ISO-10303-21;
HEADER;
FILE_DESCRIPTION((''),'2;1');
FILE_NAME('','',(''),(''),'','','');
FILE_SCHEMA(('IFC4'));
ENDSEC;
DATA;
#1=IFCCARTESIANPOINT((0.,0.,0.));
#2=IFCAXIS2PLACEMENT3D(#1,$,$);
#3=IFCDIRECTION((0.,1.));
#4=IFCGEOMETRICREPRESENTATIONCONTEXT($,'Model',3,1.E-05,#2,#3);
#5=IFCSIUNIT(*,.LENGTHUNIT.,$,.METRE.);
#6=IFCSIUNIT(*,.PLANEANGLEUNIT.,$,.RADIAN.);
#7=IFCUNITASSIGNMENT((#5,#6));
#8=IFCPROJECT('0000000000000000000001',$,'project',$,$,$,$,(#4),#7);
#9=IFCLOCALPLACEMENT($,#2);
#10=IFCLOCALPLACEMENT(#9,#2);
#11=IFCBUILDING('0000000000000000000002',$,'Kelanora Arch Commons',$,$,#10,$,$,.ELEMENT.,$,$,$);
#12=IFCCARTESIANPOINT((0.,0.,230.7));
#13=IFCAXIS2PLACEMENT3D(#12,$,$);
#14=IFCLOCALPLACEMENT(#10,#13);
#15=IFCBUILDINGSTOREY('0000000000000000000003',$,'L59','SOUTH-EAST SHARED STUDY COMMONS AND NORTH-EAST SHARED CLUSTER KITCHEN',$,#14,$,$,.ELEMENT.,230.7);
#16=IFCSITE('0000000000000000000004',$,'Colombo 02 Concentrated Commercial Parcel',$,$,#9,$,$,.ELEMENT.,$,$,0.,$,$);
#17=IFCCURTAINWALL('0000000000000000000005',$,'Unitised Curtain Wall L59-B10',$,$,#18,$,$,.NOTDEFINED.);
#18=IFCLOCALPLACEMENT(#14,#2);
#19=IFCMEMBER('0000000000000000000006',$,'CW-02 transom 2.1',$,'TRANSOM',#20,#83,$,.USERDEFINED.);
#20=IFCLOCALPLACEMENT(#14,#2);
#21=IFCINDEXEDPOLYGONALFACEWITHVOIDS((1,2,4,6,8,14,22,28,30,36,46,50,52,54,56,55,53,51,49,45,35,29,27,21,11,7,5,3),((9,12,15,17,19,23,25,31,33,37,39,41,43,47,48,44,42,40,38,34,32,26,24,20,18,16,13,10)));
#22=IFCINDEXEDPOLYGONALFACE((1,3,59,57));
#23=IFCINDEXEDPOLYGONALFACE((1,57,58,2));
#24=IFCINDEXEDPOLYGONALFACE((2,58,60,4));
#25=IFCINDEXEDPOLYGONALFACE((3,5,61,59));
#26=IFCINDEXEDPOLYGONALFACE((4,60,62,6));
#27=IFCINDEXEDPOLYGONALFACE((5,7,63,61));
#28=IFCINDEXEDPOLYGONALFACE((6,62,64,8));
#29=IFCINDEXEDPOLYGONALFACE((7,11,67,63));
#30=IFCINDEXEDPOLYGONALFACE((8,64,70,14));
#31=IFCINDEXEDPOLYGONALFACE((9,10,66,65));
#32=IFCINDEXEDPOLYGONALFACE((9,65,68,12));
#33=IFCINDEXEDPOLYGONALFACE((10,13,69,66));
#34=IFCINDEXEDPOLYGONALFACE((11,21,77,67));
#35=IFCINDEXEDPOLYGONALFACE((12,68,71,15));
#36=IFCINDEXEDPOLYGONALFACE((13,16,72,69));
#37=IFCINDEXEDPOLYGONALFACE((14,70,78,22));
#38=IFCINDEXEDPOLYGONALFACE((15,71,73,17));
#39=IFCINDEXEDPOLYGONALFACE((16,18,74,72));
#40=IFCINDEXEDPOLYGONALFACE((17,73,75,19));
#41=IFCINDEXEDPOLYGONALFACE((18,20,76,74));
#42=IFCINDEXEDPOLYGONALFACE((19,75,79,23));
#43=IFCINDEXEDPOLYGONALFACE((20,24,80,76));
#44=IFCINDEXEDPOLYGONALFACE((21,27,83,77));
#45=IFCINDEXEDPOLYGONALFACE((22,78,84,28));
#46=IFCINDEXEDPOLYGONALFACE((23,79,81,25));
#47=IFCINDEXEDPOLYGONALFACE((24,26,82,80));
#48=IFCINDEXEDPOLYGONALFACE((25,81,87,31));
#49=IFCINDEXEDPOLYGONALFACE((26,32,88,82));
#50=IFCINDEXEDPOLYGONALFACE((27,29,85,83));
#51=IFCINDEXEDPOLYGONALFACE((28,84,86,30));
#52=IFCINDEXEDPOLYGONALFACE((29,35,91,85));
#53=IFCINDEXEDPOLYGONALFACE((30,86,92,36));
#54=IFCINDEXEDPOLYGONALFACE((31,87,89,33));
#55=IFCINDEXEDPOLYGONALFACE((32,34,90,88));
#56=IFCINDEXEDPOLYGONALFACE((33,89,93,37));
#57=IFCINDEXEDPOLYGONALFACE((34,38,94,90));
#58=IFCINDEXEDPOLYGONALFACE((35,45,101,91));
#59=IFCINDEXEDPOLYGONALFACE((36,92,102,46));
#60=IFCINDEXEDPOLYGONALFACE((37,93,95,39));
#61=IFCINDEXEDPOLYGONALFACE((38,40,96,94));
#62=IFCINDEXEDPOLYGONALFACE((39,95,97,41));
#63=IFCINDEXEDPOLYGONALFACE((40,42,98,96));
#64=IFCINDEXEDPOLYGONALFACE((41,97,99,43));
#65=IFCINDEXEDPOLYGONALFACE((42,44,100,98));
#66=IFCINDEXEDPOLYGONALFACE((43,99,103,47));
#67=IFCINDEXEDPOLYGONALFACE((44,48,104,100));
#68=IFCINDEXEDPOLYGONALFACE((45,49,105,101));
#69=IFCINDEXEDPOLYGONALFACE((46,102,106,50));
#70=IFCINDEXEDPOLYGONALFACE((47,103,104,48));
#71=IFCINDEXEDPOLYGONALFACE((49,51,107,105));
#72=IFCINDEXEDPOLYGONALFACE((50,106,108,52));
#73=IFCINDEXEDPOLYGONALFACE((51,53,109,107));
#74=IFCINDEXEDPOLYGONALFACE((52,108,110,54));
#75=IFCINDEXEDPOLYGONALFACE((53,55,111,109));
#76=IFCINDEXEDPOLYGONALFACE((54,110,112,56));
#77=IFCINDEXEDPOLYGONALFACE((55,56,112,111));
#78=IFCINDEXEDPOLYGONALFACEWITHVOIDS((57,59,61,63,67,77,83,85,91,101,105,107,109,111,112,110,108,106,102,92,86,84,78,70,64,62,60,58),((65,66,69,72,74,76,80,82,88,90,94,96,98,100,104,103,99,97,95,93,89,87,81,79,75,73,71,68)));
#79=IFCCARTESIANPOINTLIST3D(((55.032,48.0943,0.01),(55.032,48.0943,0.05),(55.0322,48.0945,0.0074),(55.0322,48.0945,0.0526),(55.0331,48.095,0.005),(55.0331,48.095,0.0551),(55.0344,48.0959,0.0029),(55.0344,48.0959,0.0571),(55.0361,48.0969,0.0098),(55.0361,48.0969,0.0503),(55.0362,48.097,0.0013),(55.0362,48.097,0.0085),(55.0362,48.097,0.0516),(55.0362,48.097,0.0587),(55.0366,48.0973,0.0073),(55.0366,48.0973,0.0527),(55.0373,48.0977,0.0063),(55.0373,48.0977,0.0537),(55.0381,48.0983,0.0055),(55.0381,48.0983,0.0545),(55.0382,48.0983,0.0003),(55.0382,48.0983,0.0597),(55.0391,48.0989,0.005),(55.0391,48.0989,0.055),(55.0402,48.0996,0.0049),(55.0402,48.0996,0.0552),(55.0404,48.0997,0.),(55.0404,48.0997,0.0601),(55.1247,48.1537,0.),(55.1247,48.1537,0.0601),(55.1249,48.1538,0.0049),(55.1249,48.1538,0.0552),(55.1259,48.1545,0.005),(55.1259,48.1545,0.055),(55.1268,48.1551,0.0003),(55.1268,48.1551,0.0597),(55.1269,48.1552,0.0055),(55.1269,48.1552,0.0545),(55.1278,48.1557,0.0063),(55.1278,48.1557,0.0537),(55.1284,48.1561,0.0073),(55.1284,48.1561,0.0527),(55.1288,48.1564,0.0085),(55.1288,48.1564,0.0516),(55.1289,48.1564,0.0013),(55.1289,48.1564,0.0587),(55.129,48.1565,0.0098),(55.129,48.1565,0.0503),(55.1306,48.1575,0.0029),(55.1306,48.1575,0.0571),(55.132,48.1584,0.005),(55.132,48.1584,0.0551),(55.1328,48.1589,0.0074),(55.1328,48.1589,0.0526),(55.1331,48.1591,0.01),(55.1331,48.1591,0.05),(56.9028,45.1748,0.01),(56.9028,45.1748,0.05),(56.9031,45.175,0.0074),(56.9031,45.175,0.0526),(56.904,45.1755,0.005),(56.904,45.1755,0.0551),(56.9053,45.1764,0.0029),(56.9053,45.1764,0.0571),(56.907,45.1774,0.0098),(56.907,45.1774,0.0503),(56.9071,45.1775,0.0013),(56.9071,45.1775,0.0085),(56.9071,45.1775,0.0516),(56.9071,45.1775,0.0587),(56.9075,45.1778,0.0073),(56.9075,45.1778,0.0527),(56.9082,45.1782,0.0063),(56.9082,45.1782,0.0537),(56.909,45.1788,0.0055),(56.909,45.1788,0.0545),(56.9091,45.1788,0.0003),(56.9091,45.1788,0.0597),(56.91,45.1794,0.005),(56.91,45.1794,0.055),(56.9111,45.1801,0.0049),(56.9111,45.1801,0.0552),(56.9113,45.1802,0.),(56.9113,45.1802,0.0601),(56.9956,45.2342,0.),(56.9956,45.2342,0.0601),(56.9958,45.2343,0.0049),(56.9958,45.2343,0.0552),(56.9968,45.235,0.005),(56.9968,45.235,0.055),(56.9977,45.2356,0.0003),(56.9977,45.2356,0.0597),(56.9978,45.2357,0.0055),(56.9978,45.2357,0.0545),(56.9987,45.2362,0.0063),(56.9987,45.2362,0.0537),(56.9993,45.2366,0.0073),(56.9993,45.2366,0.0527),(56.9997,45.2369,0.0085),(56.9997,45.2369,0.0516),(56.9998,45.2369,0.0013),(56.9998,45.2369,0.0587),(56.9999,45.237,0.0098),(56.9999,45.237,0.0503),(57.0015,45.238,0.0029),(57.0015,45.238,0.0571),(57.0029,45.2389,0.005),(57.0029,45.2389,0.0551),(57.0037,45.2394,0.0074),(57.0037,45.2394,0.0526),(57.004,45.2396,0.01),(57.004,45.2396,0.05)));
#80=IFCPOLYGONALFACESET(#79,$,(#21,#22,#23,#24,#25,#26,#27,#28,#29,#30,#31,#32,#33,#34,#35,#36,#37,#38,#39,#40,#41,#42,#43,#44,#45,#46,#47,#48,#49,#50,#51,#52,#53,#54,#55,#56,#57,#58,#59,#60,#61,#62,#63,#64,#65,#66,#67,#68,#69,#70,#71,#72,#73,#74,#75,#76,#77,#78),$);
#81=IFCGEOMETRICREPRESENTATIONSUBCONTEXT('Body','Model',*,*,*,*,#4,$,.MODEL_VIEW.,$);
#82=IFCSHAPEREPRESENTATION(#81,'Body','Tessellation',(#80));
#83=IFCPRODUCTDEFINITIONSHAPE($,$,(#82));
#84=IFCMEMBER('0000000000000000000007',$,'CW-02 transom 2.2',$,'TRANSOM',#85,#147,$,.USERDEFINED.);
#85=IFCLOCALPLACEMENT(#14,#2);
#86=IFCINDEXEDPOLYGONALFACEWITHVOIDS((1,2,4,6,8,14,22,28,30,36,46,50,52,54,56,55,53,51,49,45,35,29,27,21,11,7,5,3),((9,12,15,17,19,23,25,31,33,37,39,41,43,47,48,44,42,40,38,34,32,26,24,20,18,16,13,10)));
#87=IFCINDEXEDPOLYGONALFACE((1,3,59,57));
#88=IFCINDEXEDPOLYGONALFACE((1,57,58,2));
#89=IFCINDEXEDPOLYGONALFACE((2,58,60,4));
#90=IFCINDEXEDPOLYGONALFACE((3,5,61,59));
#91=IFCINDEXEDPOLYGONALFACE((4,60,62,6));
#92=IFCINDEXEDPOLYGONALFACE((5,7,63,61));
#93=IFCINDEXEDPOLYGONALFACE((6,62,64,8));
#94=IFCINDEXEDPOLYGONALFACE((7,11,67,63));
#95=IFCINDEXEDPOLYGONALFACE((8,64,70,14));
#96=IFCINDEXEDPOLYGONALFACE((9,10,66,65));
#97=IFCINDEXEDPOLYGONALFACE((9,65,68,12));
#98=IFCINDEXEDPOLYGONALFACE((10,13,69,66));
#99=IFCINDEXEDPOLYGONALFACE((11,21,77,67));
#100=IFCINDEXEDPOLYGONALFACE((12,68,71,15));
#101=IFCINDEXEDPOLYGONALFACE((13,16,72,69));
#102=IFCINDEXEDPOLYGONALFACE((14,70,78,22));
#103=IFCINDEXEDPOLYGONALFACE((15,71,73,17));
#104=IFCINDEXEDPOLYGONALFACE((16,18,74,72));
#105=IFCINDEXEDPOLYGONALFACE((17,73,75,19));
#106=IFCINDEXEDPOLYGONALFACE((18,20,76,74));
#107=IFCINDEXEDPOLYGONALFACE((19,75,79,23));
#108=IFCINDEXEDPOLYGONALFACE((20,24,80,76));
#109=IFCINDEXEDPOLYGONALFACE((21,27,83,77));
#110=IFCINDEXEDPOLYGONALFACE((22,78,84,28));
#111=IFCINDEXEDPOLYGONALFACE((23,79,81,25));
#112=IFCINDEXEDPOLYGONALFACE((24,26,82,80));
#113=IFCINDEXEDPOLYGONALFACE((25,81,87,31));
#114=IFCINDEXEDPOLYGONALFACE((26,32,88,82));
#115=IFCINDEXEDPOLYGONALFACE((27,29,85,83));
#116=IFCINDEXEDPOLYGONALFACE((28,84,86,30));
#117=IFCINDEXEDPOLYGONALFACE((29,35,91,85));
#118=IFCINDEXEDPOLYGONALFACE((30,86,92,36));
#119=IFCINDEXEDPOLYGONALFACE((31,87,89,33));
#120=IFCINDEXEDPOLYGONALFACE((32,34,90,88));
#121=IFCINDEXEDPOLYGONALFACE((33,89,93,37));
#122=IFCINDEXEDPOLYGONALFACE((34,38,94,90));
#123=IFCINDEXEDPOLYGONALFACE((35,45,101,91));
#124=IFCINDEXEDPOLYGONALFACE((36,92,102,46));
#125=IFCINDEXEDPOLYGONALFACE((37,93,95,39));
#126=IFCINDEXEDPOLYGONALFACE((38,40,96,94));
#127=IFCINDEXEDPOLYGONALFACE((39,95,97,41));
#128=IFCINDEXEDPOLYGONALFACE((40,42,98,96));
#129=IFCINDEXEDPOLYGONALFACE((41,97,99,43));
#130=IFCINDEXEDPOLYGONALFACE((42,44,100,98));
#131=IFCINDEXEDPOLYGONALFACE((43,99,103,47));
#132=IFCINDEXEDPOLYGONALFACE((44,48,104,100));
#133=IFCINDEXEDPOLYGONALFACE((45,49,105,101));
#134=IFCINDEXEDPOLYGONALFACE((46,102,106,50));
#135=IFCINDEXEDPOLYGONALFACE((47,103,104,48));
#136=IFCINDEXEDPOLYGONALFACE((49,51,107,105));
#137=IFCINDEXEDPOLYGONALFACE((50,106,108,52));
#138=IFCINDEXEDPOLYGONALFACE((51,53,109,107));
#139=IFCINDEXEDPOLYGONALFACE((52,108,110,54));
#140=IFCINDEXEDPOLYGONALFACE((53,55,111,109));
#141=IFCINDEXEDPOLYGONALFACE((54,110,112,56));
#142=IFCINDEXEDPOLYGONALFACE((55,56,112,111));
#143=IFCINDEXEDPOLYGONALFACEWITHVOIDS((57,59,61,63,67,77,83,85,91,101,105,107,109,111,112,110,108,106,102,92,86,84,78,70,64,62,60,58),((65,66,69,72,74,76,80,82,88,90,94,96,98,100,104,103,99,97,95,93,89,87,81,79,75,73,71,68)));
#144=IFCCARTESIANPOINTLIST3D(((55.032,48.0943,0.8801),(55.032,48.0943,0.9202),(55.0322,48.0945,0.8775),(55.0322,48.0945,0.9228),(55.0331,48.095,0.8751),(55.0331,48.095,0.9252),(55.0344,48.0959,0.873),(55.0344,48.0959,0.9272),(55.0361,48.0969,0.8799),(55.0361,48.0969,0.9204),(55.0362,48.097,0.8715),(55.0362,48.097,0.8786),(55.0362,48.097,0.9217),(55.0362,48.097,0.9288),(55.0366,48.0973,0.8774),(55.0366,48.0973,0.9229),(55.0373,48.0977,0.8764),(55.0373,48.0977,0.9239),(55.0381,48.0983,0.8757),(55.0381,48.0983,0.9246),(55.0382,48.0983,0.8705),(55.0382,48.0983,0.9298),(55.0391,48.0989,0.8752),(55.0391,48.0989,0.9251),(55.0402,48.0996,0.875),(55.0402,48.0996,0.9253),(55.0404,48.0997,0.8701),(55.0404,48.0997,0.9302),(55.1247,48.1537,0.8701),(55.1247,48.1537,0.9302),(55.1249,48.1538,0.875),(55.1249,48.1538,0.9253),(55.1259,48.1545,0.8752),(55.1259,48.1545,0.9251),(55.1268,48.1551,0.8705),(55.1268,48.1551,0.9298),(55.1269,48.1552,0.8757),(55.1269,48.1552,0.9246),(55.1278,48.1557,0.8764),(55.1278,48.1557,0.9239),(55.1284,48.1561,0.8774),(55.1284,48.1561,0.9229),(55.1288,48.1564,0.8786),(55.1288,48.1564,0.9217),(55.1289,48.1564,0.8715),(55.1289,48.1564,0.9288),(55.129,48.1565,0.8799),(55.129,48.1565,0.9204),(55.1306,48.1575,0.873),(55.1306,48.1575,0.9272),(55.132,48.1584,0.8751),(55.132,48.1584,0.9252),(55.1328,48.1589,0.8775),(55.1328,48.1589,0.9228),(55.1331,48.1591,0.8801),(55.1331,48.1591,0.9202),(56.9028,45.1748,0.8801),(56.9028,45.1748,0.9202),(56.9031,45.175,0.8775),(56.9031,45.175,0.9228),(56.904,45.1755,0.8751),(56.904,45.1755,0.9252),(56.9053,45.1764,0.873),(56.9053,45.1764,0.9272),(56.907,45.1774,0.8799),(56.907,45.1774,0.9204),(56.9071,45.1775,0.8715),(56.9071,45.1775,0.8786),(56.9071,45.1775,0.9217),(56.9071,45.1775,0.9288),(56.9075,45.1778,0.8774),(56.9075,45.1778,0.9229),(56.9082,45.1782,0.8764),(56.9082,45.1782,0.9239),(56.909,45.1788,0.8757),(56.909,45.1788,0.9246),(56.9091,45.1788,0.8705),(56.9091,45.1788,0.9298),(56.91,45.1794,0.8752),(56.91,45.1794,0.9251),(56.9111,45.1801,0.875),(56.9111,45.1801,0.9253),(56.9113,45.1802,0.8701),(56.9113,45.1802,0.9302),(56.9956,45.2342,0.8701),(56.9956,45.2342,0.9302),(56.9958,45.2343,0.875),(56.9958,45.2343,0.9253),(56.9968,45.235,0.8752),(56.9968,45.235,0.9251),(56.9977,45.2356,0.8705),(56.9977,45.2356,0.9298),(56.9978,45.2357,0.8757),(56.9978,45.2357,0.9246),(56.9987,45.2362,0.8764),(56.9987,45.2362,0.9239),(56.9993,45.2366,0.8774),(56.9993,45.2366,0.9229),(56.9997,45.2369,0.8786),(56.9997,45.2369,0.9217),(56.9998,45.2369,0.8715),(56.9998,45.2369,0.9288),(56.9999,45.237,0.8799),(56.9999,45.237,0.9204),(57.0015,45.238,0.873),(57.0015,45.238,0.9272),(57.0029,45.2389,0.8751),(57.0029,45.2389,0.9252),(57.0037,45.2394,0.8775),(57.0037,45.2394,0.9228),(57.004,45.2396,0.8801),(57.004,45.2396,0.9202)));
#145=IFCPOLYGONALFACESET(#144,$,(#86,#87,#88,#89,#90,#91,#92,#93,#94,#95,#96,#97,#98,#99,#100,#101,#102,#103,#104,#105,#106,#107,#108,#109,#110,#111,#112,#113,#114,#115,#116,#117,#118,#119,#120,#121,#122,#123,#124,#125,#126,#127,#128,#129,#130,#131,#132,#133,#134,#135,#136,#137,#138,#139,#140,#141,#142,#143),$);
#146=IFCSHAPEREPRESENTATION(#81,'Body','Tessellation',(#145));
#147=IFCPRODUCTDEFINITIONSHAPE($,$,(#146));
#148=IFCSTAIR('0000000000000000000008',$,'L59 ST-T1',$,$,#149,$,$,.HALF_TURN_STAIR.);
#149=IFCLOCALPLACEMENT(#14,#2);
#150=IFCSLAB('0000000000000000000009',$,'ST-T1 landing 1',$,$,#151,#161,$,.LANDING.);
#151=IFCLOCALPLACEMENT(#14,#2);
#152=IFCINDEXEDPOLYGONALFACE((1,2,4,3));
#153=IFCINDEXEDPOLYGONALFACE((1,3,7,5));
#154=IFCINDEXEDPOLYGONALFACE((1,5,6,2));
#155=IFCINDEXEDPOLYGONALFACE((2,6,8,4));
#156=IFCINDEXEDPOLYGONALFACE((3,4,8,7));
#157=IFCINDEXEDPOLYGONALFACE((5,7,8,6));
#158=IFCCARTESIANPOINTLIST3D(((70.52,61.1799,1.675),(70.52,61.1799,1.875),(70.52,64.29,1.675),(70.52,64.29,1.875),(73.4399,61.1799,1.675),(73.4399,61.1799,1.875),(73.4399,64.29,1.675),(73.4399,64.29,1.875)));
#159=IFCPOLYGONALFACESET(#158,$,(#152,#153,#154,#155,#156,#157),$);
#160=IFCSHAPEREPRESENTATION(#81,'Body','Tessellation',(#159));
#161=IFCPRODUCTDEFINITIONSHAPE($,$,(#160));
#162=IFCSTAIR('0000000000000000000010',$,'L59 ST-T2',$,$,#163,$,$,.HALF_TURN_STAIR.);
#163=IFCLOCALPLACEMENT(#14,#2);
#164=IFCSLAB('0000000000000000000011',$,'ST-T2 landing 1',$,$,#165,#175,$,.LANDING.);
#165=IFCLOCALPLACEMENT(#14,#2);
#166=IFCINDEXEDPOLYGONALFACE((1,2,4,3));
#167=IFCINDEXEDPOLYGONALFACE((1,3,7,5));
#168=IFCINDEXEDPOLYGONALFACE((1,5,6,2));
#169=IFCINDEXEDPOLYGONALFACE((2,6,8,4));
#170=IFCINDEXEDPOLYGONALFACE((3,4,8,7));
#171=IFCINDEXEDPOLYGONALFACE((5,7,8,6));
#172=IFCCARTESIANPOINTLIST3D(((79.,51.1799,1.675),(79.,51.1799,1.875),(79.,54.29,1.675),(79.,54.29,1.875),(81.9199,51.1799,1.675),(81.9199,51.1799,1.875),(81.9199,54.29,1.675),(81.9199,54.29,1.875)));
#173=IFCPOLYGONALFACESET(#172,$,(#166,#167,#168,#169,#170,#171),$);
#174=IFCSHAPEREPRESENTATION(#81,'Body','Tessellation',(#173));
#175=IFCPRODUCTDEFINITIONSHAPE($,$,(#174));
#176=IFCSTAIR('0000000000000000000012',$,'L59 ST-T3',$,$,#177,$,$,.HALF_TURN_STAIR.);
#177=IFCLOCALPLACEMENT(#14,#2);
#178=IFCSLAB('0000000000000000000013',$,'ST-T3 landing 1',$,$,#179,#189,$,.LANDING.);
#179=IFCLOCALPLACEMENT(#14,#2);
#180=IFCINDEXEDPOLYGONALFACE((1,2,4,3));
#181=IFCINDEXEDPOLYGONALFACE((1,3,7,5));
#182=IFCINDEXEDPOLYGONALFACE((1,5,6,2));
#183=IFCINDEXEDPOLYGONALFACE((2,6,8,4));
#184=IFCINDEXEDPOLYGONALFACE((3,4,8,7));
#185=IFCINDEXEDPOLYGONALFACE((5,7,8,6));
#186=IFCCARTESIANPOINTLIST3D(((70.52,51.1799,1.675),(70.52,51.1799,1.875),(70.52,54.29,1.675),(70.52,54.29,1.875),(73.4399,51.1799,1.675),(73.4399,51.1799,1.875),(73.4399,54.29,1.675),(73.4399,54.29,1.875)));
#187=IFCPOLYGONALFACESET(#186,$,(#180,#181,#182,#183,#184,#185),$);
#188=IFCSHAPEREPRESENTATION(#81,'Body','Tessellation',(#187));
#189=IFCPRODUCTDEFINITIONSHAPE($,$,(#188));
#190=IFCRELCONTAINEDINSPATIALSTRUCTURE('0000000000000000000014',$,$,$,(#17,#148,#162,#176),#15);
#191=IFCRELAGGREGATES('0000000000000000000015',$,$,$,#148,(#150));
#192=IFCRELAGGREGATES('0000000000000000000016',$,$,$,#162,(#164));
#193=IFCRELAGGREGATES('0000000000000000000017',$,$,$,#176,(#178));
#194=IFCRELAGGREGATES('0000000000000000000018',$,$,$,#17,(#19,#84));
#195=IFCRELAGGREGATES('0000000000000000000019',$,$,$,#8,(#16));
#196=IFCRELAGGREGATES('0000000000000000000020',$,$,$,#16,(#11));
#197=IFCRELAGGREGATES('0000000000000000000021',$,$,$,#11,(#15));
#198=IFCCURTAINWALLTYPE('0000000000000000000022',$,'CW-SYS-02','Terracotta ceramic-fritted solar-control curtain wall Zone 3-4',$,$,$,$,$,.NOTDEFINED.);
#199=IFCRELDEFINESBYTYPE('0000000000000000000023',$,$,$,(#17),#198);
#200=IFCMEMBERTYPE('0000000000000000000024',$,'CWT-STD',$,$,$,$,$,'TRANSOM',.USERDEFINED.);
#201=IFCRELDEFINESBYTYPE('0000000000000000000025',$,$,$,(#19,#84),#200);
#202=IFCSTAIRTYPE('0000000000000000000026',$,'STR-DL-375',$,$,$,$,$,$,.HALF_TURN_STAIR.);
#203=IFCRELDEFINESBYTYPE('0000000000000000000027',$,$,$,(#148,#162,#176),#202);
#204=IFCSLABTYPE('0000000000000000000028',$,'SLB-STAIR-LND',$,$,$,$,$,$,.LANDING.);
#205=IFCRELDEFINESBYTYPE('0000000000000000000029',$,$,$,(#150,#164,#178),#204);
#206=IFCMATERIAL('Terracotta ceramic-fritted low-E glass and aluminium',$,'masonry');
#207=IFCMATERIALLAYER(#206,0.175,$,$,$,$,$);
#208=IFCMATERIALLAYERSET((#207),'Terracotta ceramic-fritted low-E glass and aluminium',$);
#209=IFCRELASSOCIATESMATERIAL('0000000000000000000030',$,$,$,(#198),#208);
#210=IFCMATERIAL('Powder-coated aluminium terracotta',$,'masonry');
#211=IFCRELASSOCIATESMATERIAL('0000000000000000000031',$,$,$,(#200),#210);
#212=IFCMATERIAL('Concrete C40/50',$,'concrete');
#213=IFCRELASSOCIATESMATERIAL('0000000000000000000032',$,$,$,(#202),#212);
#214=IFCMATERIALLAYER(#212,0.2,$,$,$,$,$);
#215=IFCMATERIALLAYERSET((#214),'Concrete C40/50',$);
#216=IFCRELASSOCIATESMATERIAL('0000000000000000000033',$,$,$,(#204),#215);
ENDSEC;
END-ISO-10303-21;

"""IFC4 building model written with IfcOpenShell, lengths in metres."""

from ifc_helpers import new_model, si_unit, direction, frame, origin, origin_2d, place, context, subcontext, project, spatial, polyline, hollow_rectangle, outline, extrude, material, layer, layer_set, material_profile, profile_set, type_object, element, aggregate, save


model = new_model("IFC4")

# Units and contexts
model_context = context("Model", 3, precision=1e-05, world=origin(), true_north=direction((0.0, 1.0)))
body_context = subcontext(model_context, "Body", "Model", "MODEL_VIEW")
ifc_project = project(units=[si_unit("LENGTHUNIT", "METRE"), si_unit("PLANEANGLEUNIT", "RADIAN")], contexts=[model_context])

# Site, building, storey
site_placement = place(None, origin())
site = spatial("IfcSite", under=ifc_project, at=site_placement, Name="Colombo 02 Concentrated Commercial Parcel", CompositionType="ELEMENT", RefElevation=0.0)
building_placement = place(site_placement, origin())
building = spatial("IfcBuilding", under=site, at=building_placement, Name="Kelanora Arch Commons", CompositionType="ELEMENT")
storey_placement = place(building_placement, frame((0.0, 0.0, 230.7)))
storey = spatial("IfcBuildingStorey", under=building, at=storey_placement, Name="L59", Description="SOUTH-EAST SHARED STUDY COMMONS AND NORTH-EAST SHARED CLUSTER KITCHEN", CompositionType="ELEMENT", Elevation=230.7)

# Shared definitions
ifc_material_1 = material(Name="Terracotta ceramic-fritted low-E glass and aluminium", Category="masonry")
ifc_layer_1 = layer(ifc_material_1, 0.175)
ifc_layer_set_1 = layer_set([ifc_layer_1], Name="Terracotta ceramic-fritted low-E glass and aluminium")
curtain_wall_type = type_object("IfcCurtainWallType", Name="CW-SYS-02", Description="Terracotta ceramic-fritted solar-control curtain wall Zone 3-4", PredefinedType="NOTDEFINED", material=ifc_layer_set_1)
ifc_material_2 = material(Name="Powder-coated aluminium terracotta", Category="masonry")

# Curtain wall, members
curtain_wall_1_placement = place(storey_placement, origin())
curtain_wall_1 = element("IfcCurtainWall", 1, at=curtain_wall_1_placement, inside=storey, type_object=curtain_wall_type, Name="Unitised Curtain Wall L59-B10", PredefinedType="NOTDEFINED")
ifc_material_profile_1 = material_profile(ifc_material_2, hollow_rectangle(XDim=0.1201, YDim=0.0601, WallThickness=0.0049, InnerFilletRadius=0.0049, OuterFilletRadius=0.01, at=origin_2d()), Name="CWT120x60")
ifc_profile_set_1 = profile_set([ifc_material_profile_1], Name="Powder-coated aluminium terracotta")
member_type_1 = type_object("IfcMemberType", Name="CWT-STD", ElementType="TRANSOM", PredefinedType="USERDEFINED", material=ifc_profile_set_1)
member_1_placement = place(storey_placement, frame((55.0825, 48.1267, 0.03), z_axis=(0.539547, -0.841955, 0.0), x_axis=(0.841955, 0.539547, 0.0)))
member_1 = element("IfcMember", 2, at=member_1_placement, type_object=member_type_1, Name="CW-02 transom 2.1", ObjectType="TRANSOM", PredefinedType="USERDEFINED", context=body_context, shape_type="SweptSolid", body=[
    extrude(hollow_rectangle(XDim=0.1201, YDim=0.0601, WallThickness=0.0049, InnerFilletRadius=0.0049, OuterFilletRadius=0.01, at=origin_2d()), origin(), (0.0, 0.0, 1.0), 3.4675),
])
member_2_placement = place(storey_placement, frame((55.0825, 48.1267, 0.9001), z_axis=(0.539547, -0.841955, 0.0), x_axis=(0.841955, 0.539547, 0.0)))
member_2 = element("IfcMember", 3, at=member_2_placement, type_object=member_type_1, Name="CW-02 transom 2.2", ObjectType="TRANSOM", PredefinedType="USERDEFINED", context=body_context, shape_type="SweptSolid", body=[
    extrude(hollow_rectangle(XDim=0.1201, YDim=0.0601, WallThickness=0.0049, InnerFilletRadius=0.0049, OuterFilletRadius=0.01, at=origin_2d()), origin(), (0.0, 0.0, 1.0), 3.4675),
])

# Stairs, slabs
ifc_material_3 = material(Name="Concrete C40/50", Category="concrete")
stair_type = type_object("IfcStairType", Name="STR-DL-375", PredefinedType="HALF_TURN_STAIR", material=ifc_material_3)
stair_1_placement = place(storey_placement, origin())
stair_1 = element("IfcStair", 4, at=stair_1_placement, inside=storey, type_object=stair_type, Name="L59 ST-T1", PredefinedType="HALF_TURN_STAIR")
ifc_layer_2 = layer(ifc_material_3, 0.2)
ifc_layer_set_2 = layer_set([ifc_layer_2], Name="Concrete C40/50")
slab_type_1 = type_object("IfcSlabType", Name="SLB-STAIR-LND", PredefinedType="LANDING", material=ifc_layer_set_2)
slab_1_placement = place(storey_placement, frame((0.0, 0.0, 1.675)))
slab_1 = element("IfcSlab", 5, at=slab_1_placement, type_object=slab_type_1, Name="ST-T1 landing 1", PredefinedType="LANDING", context=body_context, shape_type="SweptSolid", body=[
    extrude(outline(polyline([(70.52, 61.1799), (73.4399, 61.1799), (73.4399, 64.29), (70.52, 64.29), (70.52, 61.1799)])), origin(), (0.0, 0.0, 1.0), 0.2),
])
aggregate(stair_1, [slab_1])
stair_2_placement = place(storey_placement, origin())
stair_2 = element("IfcStair", 6, at=stair_2_placement, inside=storey, type_object=stair_type, Name="L59 ST-T2", PredefinedType="HALF_TURN_STAIR")
slab_2_placement = place(storey_placement, frame((0.0, 0.0, 1.675)))
slab_2 = element("IfcSlab", 7, at=slab_2_placement, type_object=slab_type_1, Name="ST-T2 landing 1", PredefinedType="LANDING", context=body_context, shape_type="SweptSolid", body=[
    extrude(outline(polyline([(79.0, 51.1799), (81.9199, 51.1799), (81.9199, 54.29), (79.0, 54.29), (79.0, 51.1799)])), origin(), (0.0, 0.0, 1.0), 0.2),
])
aggregate(stair_2, [slab_2])
stair_3_placement = place(storey_placement, origin())
stair_3 = element("IfcStair", 8, at=stair_3_placement, inside=storey, type_object=stair_type, Name="L59 ST-T3", PredefinedType="HALF_TURN_STAIR")
slab_3_placement = place(storey_placement, frame((0.0, 0.0, 1.675)))
slab_3 = element("IfcSlab", 9, at=slab_3_placement, type_object=slab_type_1, Name="ST-T3 landing 1", PredefinedType="LANDING", context=body_context, shape_type="SweptSolid", body=[
    extrude(outline(polyline([(70.52, 51.1799), (73.4399, 51.1799), (73.4399, 54.29), (70.52, 54.29), (70.52, 51.1799)])), origin(), (0.0, 0.0, 1.0), 0.2),
])
aggregate(stair_3, [slab_3])

aggregate(curtain_wall_1, [member_1, member_2])

save(model, "model.ifc")
